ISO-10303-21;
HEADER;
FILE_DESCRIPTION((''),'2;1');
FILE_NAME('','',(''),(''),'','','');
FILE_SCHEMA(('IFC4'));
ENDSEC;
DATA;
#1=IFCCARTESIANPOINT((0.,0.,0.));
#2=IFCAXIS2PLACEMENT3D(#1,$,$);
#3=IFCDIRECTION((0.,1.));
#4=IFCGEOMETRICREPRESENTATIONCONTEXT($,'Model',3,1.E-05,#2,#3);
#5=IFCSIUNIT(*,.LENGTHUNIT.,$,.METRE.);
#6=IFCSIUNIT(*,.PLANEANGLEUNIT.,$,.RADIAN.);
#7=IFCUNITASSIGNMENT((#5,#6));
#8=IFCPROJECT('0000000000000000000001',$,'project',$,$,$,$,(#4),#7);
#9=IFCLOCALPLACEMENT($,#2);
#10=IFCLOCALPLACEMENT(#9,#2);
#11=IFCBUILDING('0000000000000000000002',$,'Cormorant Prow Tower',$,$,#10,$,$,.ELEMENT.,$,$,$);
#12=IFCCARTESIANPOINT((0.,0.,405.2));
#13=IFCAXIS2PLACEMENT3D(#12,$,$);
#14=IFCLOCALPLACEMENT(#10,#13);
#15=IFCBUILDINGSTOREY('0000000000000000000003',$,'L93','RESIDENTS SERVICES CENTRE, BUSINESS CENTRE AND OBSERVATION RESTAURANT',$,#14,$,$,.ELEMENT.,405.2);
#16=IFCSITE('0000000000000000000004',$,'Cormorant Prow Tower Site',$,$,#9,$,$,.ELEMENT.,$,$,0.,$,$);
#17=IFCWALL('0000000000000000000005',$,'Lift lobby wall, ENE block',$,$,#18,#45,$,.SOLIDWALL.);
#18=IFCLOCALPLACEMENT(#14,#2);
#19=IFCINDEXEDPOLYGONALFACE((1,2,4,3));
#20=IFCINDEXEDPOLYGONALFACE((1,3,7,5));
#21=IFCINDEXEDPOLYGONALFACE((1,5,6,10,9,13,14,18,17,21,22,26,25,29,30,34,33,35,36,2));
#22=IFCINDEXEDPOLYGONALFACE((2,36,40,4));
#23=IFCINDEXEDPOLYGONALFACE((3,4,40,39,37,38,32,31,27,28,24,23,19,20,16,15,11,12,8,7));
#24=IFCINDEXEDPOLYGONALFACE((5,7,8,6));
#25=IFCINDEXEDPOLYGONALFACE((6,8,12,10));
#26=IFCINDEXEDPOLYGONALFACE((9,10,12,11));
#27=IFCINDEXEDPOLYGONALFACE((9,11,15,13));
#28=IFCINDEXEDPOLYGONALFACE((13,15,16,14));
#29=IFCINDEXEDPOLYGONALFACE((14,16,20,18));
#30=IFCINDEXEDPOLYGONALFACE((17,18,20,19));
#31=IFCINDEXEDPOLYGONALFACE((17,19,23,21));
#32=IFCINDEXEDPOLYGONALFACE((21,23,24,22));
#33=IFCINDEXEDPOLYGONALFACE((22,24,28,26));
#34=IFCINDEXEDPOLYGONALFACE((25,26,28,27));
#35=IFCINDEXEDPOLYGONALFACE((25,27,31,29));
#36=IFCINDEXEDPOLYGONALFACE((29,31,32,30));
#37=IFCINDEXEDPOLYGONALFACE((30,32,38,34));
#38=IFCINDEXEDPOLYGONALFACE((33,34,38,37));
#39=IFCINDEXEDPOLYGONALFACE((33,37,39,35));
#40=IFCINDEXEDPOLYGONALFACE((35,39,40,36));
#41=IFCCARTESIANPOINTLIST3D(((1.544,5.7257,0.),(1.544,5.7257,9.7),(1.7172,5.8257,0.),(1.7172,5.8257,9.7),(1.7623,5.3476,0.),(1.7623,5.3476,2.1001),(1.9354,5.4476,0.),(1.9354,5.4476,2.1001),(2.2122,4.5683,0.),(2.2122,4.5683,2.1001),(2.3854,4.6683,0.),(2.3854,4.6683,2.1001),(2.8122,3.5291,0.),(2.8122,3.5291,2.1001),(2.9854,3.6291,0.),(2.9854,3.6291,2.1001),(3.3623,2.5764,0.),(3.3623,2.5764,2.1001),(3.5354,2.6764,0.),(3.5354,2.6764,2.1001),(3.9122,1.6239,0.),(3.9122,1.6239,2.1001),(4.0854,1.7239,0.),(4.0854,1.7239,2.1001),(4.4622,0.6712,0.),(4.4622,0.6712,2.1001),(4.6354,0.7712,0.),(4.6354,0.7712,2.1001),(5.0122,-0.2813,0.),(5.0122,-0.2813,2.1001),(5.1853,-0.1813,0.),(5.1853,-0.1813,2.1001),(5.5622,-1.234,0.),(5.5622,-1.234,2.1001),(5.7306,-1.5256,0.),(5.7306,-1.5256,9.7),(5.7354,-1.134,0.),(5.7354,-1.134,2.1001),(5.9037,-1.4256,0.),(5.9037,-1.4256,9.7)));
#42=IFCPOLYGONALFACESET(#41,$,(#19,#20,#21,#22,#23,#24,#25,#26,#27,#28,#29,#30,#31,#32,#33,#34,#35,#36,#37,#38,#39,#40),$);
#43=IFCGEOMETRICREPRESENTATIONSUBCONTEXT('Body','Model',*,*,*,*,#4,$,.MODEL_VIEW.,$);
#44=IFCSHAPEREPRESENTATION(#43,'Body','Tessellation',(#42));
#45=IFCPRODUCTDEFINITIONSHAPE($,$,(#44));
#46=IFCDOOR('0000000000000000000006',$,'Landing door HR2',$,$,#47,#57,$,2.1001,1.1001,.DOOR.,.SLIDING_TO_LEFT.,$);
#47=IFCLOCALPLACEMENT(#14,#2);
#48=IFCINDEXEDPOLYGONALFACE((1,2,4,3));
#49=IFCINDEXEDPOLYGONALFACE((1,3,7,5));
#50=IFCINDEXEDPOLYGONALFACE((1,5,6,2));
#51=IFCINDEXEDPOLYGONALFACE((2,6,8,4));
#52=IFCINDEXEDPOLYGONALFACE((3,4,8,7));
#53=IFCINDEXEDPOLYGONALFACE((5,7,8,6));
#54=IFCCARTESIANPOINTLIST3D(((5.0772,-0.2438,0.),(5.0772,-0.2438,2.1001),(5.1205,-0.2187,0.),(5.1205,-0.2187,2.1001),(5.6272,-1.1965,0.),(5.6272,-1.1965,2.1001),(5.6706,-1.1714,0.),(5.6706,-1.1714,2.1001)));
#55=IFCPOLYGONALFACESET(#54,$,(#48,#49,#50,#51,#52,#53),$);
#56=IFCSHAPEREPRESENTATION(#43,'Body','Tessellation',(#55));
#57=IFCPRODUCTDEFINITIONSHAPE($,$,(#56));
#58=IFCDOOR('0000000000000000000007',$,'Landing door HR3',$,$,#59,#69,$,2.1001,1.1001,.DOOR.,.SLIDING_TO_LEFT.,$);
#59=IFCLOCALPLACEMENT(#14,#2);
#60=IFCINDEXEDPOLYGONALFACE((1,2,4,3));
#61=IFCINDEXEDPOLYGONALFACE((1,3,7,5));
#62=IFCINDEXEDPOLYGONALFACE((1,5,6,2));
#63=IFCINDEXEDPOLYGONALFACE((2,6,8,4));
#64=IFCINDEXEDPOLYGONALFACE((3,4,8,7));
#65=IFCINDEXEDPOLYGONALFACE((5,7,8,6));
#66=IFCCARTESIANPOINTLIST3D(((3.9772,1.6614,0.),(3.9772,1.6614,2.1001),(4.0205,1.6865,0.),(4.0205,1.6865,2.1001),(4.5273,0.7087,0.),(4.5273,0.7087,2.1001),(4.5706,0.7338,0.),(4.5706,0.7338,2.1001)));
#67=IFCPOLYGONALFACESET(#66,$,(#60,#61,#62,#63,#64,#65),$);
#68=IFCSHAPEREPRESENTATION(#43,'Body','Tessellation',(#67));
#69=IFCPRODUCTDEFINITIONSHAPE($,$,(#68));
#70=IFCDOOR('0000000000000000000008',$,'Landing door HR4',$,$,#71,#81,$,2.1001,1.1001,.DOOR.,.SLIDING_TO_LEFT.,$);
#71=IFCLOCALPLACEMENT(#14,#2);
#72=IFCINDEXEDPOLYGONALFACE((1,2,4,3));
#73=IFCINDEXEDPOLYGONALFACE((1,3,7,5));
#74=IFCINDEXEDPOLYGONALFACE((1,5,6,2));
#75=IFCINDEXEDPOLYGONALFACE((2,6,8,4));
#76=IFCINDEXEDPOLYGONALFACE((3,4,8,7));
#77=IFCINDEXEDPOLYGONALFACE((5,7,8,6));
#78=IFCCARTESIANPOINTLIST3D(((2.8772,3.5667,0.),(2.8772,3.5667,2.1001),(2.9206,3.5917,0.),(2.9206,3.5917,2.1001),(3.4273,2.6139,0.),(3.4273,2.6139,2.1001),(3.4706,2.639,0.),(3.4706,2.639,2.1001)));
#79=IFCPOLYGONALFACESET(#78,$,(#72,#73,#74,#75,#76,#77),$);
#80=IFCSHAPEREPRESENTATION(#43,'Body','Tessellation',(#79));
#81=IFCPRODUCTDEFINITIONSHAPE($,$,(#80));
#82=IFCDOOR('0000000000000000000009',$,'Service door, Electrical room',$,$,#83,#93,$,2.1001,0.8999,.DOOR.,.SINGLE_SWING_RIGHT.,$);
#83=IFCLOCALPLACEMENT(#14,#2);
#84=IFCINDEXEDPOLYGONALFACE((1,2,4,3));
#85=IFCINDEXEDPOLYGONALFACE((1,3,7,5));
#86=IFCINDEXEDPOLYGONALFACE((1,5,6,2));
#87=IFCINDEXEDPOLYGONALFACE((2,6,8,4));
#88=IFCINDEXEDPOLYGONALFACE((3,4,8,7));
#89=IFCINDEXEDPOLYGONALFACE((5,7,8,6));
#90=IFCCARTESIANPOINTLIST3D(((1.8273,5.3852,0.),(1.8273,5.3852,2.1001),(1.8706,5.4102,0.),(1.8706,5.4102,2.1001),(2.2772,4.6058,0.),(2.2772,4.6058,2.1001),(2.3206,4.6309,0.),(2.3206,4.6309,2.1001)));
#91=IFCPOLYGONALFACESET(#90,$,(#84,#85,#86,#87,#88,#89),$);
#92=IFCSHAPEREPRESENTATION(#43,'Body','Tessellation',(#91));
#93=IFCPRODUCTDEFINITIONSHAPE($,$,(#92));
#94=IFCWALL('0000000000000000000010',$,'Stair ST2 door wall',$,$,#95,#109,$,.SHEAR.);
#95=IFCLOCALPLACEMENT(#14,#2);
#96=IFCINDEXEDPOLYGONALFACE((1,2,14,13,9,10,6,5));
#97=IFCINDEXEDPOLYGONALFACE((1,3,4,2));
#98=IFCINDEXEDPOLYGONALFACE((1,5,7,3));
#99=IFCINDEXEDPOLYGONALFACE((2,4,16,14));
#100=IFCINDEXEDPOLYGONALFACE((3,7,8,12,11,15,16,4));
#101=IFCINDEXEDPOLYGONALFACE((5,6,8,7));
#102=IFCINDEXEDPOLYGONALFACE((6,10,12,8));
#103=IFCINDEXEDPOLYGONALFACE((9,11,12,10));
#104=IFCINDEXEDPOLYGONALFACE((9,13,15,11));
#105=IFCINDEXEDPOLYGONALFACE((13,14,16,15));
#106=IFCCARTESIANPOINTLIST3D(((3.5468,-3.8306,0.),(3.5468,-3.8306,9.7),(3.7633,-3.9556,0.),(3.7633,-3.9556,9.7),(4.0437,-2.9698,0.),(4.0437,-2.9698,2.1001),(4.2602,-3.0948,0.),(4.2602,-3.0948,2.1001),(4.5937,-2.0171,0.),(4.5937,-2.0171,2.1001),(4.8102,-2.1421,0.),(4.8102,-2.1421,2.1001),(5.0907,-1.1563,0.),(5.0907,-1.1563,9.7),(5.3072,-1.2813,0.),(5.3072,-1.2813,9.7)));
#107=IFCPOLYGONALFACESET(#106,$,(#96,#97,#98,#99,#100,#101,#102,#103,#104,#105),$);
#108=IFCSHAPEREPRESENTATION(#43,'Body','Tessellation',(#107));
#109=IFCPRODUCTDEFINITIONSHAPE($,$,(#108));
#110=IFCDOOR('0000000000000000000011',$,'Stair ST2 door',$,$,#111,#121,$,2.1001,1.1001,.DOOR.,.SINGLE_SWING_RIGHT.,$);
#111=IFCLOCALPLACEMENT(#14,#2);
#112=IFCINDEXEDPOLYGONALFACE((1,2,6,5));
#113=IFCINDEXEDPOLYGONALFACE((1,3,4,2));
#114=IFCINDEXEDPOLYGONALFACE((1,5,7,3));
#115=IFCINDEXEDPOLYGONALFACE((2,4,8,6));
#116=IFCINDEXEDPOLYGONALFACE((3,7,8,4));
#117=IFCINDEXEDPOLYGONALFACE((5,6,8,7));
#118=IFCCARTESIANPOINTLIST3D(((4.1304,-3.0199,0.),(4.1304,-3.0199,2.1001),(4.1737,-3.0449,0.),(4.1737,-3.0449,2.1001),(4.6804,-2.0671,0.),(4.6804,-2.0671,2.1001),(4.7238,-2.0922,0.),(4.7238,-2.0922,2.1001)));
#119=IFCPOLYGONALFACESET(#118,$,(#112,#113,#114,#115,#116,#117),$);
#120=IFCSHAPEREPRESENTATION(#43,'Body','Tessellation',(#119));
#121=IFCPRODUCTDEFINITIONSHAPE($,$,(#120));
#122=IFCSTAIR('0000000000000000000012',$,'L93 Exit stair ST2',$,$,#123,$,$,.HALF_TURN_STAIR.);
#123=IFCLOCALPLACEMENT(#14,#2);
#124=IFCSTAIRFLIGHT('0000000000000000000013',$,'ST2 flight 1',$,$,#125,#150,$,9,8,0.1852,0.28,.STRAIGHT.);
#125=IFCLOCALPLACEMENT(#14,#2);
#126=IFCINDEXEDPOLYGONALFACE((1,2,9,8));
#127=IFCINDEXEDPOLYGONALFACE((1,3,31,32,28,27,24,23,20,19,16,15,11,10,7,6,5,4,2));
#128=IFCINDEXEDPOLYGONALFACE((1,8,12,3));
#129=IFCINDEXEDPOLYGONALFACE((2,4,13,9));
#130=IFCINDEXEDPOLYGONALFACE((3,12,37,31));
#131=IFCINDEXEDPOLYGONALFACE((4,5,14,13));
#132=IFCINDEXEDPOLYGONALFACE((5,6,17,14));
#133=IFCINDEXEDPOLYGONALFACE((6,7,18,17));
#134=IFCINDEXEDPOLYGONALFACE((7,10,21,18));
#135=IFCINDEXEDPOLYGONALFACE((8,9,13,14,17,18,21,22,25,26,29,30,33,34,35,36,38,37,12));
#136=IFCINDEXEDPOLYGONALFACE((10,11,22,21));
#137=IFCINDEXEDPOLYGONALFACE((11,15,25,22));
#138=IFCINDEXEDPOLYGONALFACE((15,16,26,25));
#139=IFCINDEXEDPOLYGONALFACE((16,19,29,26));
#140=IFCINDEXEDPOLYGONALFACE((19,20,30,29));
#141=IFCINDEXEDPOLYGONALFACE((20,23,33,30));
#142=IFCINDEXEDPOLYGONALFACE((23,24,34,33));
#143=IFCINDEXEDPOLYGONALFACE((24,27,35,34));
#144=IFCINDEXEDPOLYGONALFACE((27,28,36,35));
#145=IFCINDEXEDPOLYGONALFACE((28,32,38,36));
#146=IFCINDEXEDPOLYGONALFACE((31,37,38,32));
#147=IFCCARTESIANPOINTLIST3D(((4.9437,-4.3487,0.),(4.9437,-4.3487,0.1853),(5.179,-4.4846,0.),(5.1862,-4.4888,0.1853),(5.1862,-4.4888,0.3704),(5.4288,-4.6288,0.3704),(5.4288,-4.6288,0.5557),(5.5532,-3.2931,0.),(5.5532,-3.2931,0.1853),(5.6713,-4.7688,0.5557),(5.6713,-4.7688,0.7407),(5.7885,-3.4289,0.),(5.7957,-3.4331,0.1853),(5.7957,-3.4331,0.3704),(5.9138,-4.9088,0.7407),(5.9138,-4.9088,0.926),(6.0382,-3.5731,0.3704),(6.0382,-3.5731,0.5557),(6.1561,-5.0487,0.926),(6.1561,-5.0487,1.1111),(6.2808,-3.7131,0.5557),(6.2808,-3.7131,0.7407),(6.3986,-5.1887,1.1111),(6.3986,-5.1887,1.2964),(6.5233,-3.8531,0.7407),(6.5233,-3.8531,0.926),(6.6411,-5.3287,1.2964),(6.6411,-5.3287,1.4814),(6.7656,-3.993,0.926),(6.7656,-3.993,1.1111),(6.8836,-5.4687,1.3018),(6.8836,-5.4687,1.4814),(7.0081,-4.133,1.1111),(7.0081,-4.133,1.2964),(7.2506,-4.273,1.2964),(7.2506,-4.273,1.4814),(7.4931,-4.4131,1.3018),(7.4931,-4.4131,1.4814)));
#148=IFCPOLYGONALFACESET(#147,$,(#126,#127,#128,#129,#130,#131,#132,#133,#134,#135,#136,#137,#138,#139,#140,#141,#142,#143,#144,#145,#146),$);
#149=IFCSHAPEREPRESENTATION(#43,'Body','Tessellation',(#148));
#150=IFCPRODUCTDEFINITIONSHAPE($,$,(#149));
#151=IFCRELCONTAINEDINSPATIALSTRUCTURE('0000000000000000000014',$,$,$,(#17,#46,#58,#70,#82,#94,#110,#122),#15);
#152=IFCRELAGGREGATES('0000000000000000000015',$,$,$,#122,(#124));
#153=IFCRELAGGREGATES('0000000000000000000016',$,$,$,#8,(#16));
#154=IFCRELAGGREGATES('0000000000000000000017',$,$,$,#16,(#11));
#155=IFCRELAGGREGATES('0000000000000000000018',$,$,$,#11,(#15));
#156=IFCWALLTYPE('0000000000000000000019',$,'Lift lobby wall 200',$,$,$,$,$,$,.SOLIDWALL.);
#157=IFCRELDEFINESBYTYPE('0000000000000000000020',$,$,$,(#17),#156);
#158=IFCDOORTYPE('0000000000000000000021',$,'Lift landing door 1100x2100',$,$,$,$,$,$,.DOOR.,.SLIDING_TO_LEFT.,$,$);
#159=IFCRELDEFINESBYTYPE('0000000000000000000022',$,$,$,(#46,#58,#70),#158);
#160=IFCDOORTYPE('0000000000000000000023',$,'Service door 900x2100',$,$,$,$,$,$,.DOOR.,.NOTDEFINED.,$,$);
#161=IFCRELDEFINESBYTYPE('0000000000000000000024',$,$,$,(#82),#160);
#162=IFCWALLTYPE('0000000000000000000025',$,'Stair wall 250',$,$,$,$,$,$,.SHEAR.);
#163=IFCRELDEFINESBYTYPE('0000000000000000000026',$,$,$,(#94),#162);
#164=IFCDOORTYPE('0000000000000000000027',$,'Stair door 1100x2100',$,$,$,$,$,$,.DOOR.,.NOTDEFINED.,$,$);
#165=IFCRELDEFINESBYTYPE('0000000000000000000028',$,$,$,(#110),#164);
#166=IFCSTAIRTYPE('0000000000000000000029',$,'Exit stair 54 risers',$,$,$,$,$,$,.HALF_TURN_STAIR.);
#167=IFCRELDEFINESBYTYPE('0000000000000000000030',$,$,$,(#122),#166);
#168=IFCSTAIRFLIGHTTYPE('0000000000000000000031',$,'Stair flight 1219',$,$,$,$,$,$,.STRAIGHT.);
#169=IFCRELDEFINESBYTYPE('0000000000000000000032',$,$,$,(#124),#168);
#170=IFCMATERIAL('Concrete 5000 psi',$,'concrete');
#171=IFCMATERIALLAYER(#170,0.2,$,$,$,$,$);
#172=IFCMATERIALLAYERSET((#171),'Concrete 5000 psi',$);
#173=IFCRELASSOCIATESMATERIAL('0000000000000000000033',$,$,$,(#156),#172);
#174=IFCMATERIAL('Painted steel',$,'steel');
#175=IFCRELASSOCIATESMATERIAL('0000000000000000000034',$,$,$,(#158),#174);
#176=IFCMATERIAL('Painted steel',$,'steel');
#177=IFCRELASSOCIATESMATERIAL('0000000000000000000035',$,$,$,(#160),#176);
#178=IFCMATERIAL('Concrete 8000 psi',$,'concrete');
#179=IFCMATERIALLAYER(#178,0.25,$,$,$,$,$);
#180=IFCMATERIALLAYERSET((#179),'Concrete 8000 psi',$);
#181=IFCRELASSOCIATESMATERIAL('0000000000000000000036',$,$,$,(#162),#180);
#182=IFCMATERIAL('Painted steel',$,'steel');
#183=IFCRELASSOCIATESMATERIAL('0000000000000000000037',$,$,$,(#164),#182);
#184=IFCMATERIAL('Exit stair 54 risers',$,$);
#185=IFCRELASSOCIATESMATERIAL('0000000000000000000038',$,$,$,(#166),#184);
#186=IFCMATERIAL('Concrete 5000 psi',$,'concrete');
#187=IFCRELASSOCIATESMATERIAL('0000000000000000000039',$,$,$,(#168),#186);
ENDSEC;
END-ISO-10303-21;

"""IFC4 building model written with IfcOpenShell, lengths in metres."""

from ifc_helpers import new_model, si_unit, direction, frame, frame_2d, origin, place, context, subcontext, project, spatial, polyline, rectangle, outline, extrude, material, layer, layer_set, type_object, element, fill, aggregate, save


model = new_model("IFC4")

# Units and contexts
model_context = context("Model", 3, precision=1e-05, world=origin(), true_north=direction((0.0, 1.0)))
body_context = subcontext(model_context, "Body", "Model", "MODEL_VIEW")
ifc_project = project(units=[si_unit("LENGTHUNIT", "METRE"), si_unit("PLANEANGLEUNIT", "RADIAN")], contexts=[model_context])

# Site, building, storey
site_placement = place(None, origin())
site = spatial("IfcSite", under=ifc_project, at=site_placement, Name="Cormorant Prow Tower Site", CompositionType="ELEMENT", RefElevation=0.0)
building_placement = place(site_placement, origin())
building = spatial("IfcBuilding", under=site, at=building_placement, Name="Cormorant Prow Tower", CompositionType="ELEMENT")
storey_placement = place(building_placement, frame((0.0, 0.0, 405.2)))
storey = spatial("IfcBuildingStorey", under=building, at=storey_placement, Name="L93", Description="RESIDENTS SERVICES CENTRE, BUSINESS CENTRE AND OBSERVATION RESTAURANT", CompositionType="ELEMENT", Elevation=405.2)

# Wall, openings, doors
ifc_material_1 = material(Name="Concrete 5000 psi", Category="concrete")
ifc_layer_1 = layer(ifc_material_1, 0.2)
ifc_layer_set_1 = layer_set([ifc_layer_1], Name="Concrete 5000 psi")
wall_type_1 = type_object("IfcWallType", Name="Lift lobby wall 200", PredefinedType="SOLIDWALL", material=ifc_layer_set_1)
wall_1_placement = place(storey_placement, frame((5.8171, -1.4756, 0.0), z_axis=(0.0, 0.0, 1.0), x_axis=(-0.500003, 0.866024, 0.0)))
wall_1 = element("IfcWall", 1, at=wall_1_placement, inside=storey, type_object=wall_type_1, Name="Lift lobby wall, ENE block", PredefinedType="SOLIDWALL", context=body_context, shape_type="SweptSolid", body=[
    extrude(rectangle(XDim=8.373, YDim=0.2, at=frame_2d((4.1865, 0.0))), origin(), (0.0, 0.0, 1.0), 9.7),
])
opening_1_placement = place(wall_1_placement, frame((0.3367, 0.0, 0.0)))
opening_1 = element("IfcOpeningElement", 2, at=opening_1_placement, cuts=wall_1, PredefinedType="OPENING", context=body_context, shape_type="SweptSolid", body=[
    extrude(rectangle(XDim=1.1001, YDim=2.1001, at=frame_2d((0.55, 1.05))), frame((0.0, 0.1099, 0.0), z_axis=(0.0, -1.0, 0.0), x_axis=(1.0, 0.0, 0.0)), (0.0, 0.0, 1.0), 0.22),
])
opening_2_placement = place(wall_1_placement, frame((2.5366, 0.0, 0.0)))
opening_2 = element("IfcOpeningElement", 3, at=opening_2_placement, cuts=wall_1, PredefinedType="OPENING", context=body_context, shape_type="SweptSolid", body=[
    extrude(rectangle(XDim=1.1001, YDim=2.1001, at=frame_2d((0.55, 1.05))), frame((0.0, 0.1099, 0.0), z_axis=(0.0, -1.0, 0.0), x_axis=(1.0, 0.0, 0.0)), (0.0, 0.0, 1.0), 0.22),
])
opening_3_placement = place(wall_1_placement, frame((4.7366, 0.0, 0.0)))
opening_3 = element("IfcOpeningElement", 4, at=opening_3_placement, cuts=wall_1, PredefinedType="OPENING", context=body_context, shape_type="SweptSolid", body=[
    extrude(rectangle(XDim=1.1001, YDim=2.1001, at=frame_2d((0.55, 1.05))), frame((0.0, 0.1099, 0.0), z_axis=(0.0, -1.0, 0.0), x_axis=(1.0, 0.0, 0.0)), (0.0, 0.0, 1.0), 0.22),
])
opening_4_placement = place(wall_1_placement, frame((7.0366, 0.0, 0.0)))
opening_4 = element("IfcOpeningElement", 5, at=opening_4_placement, cuts=wall_1, PredefinedType="OPENING", context=body_context, shape_type="SweptSolid", body=[
    extrude(rectangle(XDim=0.8999, YDim=2.1001, at=frame_2d((0.45, 1.05))), frame((0.0, 0.1099, 0.0), z_axis=(0.0, -1.0, 0.0), x_axis=(1.0, 0.0, 0.0)), (0.0, 0.0, 1.0), 0.22),
])
ifc_material_2 = material(Name="Painted steel", Category="steel")
door_type_1 = type_object("IfcDoorType", Name="Lift landing door 1100x2100", OperationType="SLIDING_TO_LEFT", PredefinedType="DOOR", material=ifc_material_2)
door_1_placement = place(opening_1_placement, origin())
door_1 = element("IfcDoor", 6, at=door_1_placement, inside=storey, type_object=door_type_1, Name="Landing door HR2", OperationType="SLIDING_TO_LEFT", OverallHeight=2.1001, OverallWidth=1.1001, PredefinedType="DOOR", context=body_context, shape_type="SweptSolid", body=[
    extrude(rectangle(XDim=1.1001, YDim=2.1001, at=frame_2d((0.55, 1.05))), frame((0.0, 0.0249, 0.0), z_axis=(0.0, -1.0, 0.0), x_axis=(1.0, 0.0, 0.0)), (0.0, 0.0, 1.0), 0.05),
])
fill(opening_1, door_1)
door_2_placement = place(opening_2_placement, origin())
door_2 = element("IfcDoor", 7, at=door_2_placement, inside=storey, type_object=door_type_1, Name="Landing door HR3", OperationType="SLIDING_TO_LEFT", OverallHeight=2.1001, OverallWidth=1.1001, PredefinedType="DOOR", context=body_context, shape_type="SweptSolid", body=[
    extrude(rectangle(XDim=1.1001, YDim=2.1001, at=frame_2d((0.55, 1.05))), frame((0.0, 0.0249, 0.0), z_axis=(0.0, -1.0, 0.0), x_axis=(1.0, 0.0, 0.0)), (0.0, 0.0, 1.0), 0.05),
])
fill(opening_2, door_2)
door_3_placement = place(opening_3_placement, origin())
door_3 = element("IfcDoor", 8, at=door_3_placement, inside=storey, type_object=door_type_1, Name="Landing door HR4", OperationType="SLIDING_TO_LEFT", OverallHeight=2.1001, OverallWidth=1.1001, PredefinedType="DOOR", context=body_context, shape_type="SweptSolid", body=[
    extrude(rectangle(XDim=1.1001, YDim=2.1001, at=frame_2d((0.55, 1.05))), frame((0.0, 0.0249, 0.0), z_axis=(0.0, -1.0, 0.0), x_axis=(1.0, 0.0, 0.0)), (0.0, 0.0, 1.0), 0.05),
])
fill(opening_3, door_3)
ifc_material_3 = material(Name="Painted steel", Category="steel")
door_type_2 = type_object("IfcDoorType", Name="Service door 900x2100", OperationType="NOTDEFINED", PredefinedType="DOOR", material=ifc_material_3)
door_4_placement = place(opening_4_placement, origin())
door_4 = element("IfcDoor", 9, at=door_4_placement, inside=storey, type_object=door_type_2, Name="Service door, Electrical room", OperationType="SINGLE_SWING_RIGHT", OverallHeight=2.1001, OverallWidth=0.8999, PredefinedType="DOOR", context=body_context, shape_type="SweptSolid", body=[
    extrude(rectangle(XDim=0.8999, YDim=2.1001, at=frame_2d((0.45, 1.05))), frame((0.0, 0.0249, 0.0), z_axis=(0.0, -1.0, 0.0), x_axis=(1.0, 0.0, 0.0)), (0.0, 0.0, 1.0), 0.05),
])
fill(opening_4, door_4)

# Wall, opening, door
ifc_material_4 = material(Name="Concrete 8000 psi", Category="concrete")
ifc_layer_2 = layer(ifc_material_4, 0.25)
ifc_layer_set_2 = layer_set([ifc_layer_2], Name="Concrete 8000 psi")
wall_type_2 = type_object("IfcWallType", Name="Stair wall 250", PredefinedType="SHEAR", material=ifc_layer_set_2)
wall_2_placement = place(storey_placement, frame((3.655, -3.8931, 0.0), z_axis=(0.0, 0.0, 1.0), x_axis=(0.499983, 0.866035, 0.0)))
wall_2 = element("IfcWall", 10, at=wall_2_placement, inside=storey, type_object=wall_type_2, Name="Stair ST2 door wall", PredefinedType="SHEAR", context=body_context, shape_type="SweptSolid", body=[
    extrude(rectangle(XDim=3.0879, YDim=0.25, at=frame_2d((1.5439, 0.0))), origin(), (0.0, 0.0, 1.0), 9.7),
])
opening_5_placement = place(wall_2_placement, frame((0.9939, 0.0, 0.0)))
opening_5 = element("IfcOpeningElement", 11, at=opening_5_placement, cuts=wall_2, PredefinedType="OPENING", context=body_context, shape_type="SweptSolid", body=[
    extrude(rectangle(XDim=1.1001, YDim=2.1001, at=frame_2d((0.55, 1.05))), frame((0.0, 0.135, 0.0), z_axis=(0.0, -1.0, 0.0), x_axis=(1.0, 0.0, 0.0)), (0.0, 0.0, 1.0), 0.27),
])
ifc_material_5 = material(Name="Painted steel", Category="steel")
door_type_3 = type_object("IfcDoorType", Name="Stair door 1100x2100", OperationType="NOTDEFINED", PredefinedType="DOOR", material=ifc_material_5)
door_5_placement = place(opening_5_placement, origin())
door_5 = element("IfcDoor", 12, at=door_5_placement, inside=storey, type_object=door_type_3, Name="Stair ST2 door", OperationType="SINGLE_SWING_RIGHT", OverallHeight=2.1001, OverallWidth=1.1001, PredefinedType="DOOR", context=body_context, shape_type="SweptSolid", body=[
    extrude(rectangle(XDim=1.1001, YDim=2.1001, at=frame_2d((0.55, 1.05))), frame((0.0, 0.0249, 0.0), z_axis=(0.0, -1.0, 0.0), x_axis=(1.0, 0.0, 0.0)), (0.0, 0.0, 1.0), 0.05),
])
fill(opening_5, door_5)

# Stair, stair flight
ifc_material_6 = material(Name="Exit stair 54 risers")
stair_type = type_object("IfcStairType", Name="Exit stair 54 risers", PredefinedType="HALF_TURN_STAIR", material=ifc_material_6)
stair_placement = place(storey_placement, origin())
stair = element("IfcStair", 13, at=stair_placement, inside=storey, type_object=stair_type, Name="L93 Exit stair ST2", PredefinedType="HALF_TURN_STAIR")
ifc_material_7 = material(Name="Concrete 5000 psi", Category="concrete")
stair_flight_type = type_object("IfcStairFlightType", Name="Stair flight 1219", PredefinedType="STRAIGHT", material=ifc_material_7)
stair_flight_1_placement = place(storey_placement, frame((5.2485, -3.8208, 0.0), z_axis=(0.0, 0.0, 1.0), x_axis=(0.866025, -0.5, 0.0)))
stair_flight_1 = element("IfcStairFlight", 14, at=stair_flight_1_placement, type_object=stair_flight_type, Name="ST2 flight 1", NumberOfRisers=9, NumberOfTreads=8, PredefinedType="STRAIGHT", RiserHeight=0.1852, TreadLength=0.28, context=body_context, shape_type="SweptSolid", body=[
    extrude(outline(polyline([(0.0, 0.0), (0.0, 0.1853), (0.28, 0.1853), (0.28, 0.3704), (0.5601, 0.3704), (0.5601, 0.5557), (0.8401, 0.5557), (0.8401, 0.7407), (1.1201, 0.7407), (1.1201, 0.926), (1.3999, 0.926), (1.3999, 1.1111), (1.6799, 1.1111), (1.6799, 1.2964), (1.96, 1.2964), (1.96, 1.4814), (2.24, 1.4814), (2.24, 1.6667), (2.24, 1.3018), (0.2717, 0.0), (0.0, 0.0)])), frame((0.0, 0.6094, 0.0), z_axis=(0.0, -1.0, 0.0), x_axis=(1.0, 0.0, 0.0)), (0.0, 0.0, 1.0), 1.219),
])
aggregate(stair, [stair_flight_1])

save(model, "model.ifc")
